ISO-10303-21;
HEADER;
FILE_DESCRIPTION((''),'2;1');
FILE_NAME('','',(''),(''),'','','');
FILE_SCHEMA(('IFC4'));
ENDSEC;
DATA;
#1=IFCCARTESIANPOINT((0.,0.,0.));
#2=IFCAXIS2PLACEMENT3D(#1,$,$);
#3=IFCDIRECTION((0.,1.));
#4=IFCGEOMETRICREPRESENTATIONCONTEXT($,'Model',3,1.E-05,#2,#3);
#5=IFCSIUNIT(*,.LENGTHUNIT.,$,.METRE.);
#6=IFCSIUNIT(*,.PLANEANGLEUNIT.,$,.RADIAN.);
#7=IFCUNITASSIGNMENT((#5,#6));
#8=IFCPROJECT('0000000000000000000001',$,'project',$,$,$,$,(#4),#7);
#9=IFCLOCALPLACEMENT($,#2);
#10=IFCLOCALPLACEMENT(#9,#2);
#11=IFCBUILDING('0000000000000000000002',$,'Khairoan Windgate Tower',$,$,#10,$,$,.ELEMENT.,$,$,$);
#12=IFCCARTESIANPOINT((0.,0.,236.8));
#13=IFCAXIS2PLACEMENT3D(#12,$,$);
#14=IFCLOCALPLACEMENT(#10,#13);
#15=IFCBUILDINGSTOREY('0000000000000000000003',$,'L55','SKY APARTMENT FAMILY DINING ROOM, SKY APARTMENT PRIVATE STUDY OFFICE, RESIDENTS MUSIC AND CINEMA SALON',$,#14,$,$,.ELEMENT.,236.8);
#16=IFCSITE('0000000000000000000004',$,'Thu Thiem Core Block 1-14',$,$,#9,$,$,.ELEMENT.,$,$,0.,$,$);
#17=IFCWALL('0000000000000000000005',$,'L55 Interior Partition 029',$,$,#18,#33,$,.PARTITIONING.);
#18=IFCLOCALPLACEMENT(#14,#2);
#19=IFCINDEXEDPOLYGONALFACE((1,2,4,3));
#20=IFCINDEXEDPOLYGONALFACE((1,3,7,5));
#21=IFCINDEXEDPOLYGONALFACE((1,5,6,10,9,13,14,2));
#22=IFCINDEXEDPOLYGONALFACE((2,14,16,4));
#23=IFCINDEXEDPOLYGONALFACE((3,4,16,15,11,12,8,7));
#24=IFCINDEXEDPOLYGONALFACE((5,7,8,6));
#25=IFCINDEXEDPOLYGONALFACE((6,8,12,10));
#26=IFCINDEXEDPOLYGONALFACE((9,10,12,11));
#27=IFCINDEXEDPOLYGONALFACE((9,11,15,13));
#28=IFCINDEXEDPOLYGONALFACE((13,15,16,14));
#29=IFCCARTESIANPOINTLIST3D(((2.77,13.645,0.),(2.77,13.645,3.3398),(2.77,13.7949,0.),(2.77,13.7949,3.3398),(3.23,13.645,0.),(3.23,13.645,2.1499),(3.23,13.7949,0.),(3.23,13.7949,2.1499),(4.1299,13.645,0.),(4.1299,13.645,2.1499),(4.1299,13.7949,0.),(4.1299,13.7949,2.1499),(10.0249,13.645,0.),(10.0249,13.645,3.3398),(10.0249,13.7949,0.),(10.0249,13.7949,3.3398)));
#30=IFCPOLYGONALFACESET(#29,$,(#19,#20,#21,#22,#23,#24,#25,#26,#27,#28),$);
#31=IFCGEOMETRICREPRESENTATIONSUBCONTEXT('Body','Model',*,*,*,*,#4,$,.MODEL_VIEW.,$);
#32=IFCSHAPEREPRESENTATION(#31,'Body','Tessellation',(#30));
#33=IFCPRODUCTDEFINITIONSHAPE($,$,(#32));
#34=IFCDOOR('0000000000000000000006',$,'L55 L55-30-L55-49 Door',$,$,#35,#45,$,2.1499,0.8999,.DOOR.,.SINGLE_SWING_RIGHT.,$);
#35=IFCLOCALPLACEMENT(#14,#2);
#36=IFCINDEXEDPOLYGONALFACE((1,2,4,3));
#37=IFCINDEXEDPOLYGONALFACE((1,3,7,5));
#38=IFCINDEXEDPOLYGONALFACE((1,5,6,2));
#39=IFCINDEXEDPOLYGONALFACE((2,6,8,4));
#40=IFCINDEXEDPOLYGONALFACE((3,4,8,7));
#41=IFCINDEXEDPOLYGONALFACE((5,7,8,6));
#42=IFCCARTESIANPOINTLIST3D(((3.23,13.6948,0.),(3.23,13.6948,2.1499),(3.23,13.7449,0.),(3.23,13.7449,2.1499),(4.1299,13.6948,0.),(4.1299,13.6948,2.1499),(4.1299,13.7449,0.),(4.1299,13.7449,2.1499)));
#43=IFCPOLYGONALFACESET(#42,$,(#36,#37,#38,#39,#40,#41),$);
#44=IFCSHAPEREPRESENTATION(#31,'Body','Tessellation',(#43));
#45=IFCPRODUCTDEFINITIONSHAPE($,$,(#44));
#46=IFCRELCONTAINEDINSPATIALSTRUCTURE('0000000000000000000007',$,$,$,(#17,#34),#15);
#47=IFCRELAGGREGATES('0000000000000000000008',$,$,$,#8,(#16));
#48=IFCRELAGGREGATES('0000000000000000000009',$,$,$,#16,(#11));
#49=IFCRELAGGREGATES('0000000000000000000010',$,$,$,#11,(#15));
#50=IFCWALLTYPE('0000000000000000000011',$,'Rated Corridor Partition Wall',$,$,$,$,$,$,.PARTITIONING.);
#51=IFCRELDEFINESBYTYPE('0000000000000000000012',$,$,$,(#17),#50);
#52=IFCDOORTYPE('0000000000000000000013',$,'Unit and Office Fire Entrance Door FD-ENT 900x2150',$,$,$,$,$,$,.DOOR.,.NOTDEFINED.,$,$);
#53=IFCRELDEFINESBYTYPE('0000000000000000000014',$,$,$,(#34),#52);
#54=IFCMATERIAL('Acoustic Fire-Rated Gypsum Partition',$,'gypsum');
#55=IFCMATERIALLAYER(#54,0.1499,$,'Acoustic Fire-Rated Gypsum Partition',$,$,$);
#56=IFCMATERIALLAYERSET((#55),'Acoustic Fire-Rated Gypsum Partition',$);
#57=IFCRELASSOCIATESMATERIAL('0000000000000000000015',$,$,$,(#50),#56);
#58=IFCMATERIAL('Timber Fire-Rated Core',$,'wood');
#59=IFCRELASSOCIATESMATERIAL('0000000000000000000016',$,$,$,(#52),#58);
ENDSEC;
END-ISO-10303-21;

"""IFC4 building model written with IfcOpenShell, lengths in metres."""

from ifc_helpers import new_model, si_unit, direction, frame, frame_2d, origin, place, context, subcontext, project, spatial, rectangle, extrude, material, layer, layer_set, type_object, element, fill, save


model = new_model("IFC4")

# Units and contexts
model_context = context("Model", 3, precision=1e-05, world=origin(), true_north=direction((0.0, 1.0)))
body_context = subcontext(model_context, "Body", "Model", "MODEL_VIEW")
ifc_project = project(units=[si_unit("LENGTHUNIT", "METRE"), si_unit("PLANEANGLEUNIT", "RADIAN")], contexts=[model_context])

# Site, building, storey
site_placement = place(None, origin())
site = spatial("IfcSite", under=ifc_project, at=site_placement, Name="Thu Thiem Core Block 1-14", CompositionType="ELEMENT", RefElevation=0.0)
building_placement = place(site_placement, origin())
building = spatial("IfcBuilding", under=site, at=building_placement, Name="Khairoan Windgate Tower", CompositionType="ELEMENT")
storey_placement = place(building_placement, frame((0.0, 0.0, 236.8)))
storey = spatial("IfcBuildingStorey", under=building, at=storey_placement, Name="L55", Description="SKY APARTMENT FAMILY DINING ROOM, SKY APARTMENT PRIVATE STUDY OFFICE, RESIDENTS MUSIC AND CINEMA SALON", CompositionType="ELEMENT", Elevation=236.8)

# Shared definitions
ifc_material_1 = material(Name="Acoustic Fire-Rated Gypsum Partition", Category="gypsum")
ifc_layer_1 = layer(ifc_material_1, 0.1499, Name="Acoustic Fire-Rated Gypsum Partition")
ifc_layer_set_1 = layer_set([ifc_layer_1], Name="Acoustic Fire-Rated Gypsum Partition")
wall_type_1 = type_object("IfcWallType", Name="Rated Corridor Partition Wall", PredefinedType="PARTITIONING", material=ifc_layer_set_1)
ifc_material_2 = material(Name="Timber Fire-Rated Core", Category="wood")
door_type = type_object("IfcDoorType", Name="Unit and Office Fire Entrance Door FD-ENT 900x2150", OperationType="NOTDEFINED", PredefinedType="DOOR", material=ifc_material_2)

# Wall, opening, door
wall_1_placement = place(storey_placement, frame((2.77, 13.72, 0.0), z_axis=(0.0, 0.0, 1.0), x_axis=(1.0, 0.0, 0.0)))
wall_1 = element("IfcWall", 1, at=wall_1_placement, inside=storey, type_object=wall_type_1, Name="L55 Interior Partition 029", PredefinedType="PARTITIONING", context=body_context, shape_type="SweptSolid", body=[
    extrude(rectangle(XDim=7.2549, YDim=0.1499, at=frame_2d((3.6274, 0.0))), origin(), (0.0, 0.0, 1.0), 3.3398),
])
opening_1_placement = place(wall_1_placement, frame((0.46, 0.0, 0.0)))
opening_1 = element("IfcOpeningElement", 2, at=opening_1_placement, cuts=wall_1, PredefinedType="OPENING", context=body_context, shape_type="SweptSolid", body=[
    extrude(rectangle(XDim=0.8999, YDim=2.1499, at=frame_2d((0.45, 1.075))), frame((0.0, 0.085, 0.0), z_axis=(0.0, -1.0, 0.0), x_axis=(1.0, 0.0, 0.0)), (0.0, 0.0, 1.0), 0.1699),
])
door_1_placement = place(opening_1_placement, origin())
door_1 = element("IfcDoor", 3, at=door_1_placement, inside=storey, type_object=door_type, Name="L55 L55-30-L55-49 Door", OperationType="SINGLE_SWING_RIGHT", OverallHeight=2.1499, OverallWidth=0.8999, PredefinedType="DOOR", context=body_context, shape_type="SweptSolid", body=[
    extrude(rectangle(XDim=0.8999, YDim=2.1499, at=frame_2d((0.45, 1.075))), frame((0.0, 0.0249, 0.0), z_axis=(0.0, -1.0, 0.0), x_axis=(1.0, 0.0, 0.0)), (0.0, 0.0, 1.0), 0.05),
])
fill(opening_1, door_1)

save(model, "model.ifc")
